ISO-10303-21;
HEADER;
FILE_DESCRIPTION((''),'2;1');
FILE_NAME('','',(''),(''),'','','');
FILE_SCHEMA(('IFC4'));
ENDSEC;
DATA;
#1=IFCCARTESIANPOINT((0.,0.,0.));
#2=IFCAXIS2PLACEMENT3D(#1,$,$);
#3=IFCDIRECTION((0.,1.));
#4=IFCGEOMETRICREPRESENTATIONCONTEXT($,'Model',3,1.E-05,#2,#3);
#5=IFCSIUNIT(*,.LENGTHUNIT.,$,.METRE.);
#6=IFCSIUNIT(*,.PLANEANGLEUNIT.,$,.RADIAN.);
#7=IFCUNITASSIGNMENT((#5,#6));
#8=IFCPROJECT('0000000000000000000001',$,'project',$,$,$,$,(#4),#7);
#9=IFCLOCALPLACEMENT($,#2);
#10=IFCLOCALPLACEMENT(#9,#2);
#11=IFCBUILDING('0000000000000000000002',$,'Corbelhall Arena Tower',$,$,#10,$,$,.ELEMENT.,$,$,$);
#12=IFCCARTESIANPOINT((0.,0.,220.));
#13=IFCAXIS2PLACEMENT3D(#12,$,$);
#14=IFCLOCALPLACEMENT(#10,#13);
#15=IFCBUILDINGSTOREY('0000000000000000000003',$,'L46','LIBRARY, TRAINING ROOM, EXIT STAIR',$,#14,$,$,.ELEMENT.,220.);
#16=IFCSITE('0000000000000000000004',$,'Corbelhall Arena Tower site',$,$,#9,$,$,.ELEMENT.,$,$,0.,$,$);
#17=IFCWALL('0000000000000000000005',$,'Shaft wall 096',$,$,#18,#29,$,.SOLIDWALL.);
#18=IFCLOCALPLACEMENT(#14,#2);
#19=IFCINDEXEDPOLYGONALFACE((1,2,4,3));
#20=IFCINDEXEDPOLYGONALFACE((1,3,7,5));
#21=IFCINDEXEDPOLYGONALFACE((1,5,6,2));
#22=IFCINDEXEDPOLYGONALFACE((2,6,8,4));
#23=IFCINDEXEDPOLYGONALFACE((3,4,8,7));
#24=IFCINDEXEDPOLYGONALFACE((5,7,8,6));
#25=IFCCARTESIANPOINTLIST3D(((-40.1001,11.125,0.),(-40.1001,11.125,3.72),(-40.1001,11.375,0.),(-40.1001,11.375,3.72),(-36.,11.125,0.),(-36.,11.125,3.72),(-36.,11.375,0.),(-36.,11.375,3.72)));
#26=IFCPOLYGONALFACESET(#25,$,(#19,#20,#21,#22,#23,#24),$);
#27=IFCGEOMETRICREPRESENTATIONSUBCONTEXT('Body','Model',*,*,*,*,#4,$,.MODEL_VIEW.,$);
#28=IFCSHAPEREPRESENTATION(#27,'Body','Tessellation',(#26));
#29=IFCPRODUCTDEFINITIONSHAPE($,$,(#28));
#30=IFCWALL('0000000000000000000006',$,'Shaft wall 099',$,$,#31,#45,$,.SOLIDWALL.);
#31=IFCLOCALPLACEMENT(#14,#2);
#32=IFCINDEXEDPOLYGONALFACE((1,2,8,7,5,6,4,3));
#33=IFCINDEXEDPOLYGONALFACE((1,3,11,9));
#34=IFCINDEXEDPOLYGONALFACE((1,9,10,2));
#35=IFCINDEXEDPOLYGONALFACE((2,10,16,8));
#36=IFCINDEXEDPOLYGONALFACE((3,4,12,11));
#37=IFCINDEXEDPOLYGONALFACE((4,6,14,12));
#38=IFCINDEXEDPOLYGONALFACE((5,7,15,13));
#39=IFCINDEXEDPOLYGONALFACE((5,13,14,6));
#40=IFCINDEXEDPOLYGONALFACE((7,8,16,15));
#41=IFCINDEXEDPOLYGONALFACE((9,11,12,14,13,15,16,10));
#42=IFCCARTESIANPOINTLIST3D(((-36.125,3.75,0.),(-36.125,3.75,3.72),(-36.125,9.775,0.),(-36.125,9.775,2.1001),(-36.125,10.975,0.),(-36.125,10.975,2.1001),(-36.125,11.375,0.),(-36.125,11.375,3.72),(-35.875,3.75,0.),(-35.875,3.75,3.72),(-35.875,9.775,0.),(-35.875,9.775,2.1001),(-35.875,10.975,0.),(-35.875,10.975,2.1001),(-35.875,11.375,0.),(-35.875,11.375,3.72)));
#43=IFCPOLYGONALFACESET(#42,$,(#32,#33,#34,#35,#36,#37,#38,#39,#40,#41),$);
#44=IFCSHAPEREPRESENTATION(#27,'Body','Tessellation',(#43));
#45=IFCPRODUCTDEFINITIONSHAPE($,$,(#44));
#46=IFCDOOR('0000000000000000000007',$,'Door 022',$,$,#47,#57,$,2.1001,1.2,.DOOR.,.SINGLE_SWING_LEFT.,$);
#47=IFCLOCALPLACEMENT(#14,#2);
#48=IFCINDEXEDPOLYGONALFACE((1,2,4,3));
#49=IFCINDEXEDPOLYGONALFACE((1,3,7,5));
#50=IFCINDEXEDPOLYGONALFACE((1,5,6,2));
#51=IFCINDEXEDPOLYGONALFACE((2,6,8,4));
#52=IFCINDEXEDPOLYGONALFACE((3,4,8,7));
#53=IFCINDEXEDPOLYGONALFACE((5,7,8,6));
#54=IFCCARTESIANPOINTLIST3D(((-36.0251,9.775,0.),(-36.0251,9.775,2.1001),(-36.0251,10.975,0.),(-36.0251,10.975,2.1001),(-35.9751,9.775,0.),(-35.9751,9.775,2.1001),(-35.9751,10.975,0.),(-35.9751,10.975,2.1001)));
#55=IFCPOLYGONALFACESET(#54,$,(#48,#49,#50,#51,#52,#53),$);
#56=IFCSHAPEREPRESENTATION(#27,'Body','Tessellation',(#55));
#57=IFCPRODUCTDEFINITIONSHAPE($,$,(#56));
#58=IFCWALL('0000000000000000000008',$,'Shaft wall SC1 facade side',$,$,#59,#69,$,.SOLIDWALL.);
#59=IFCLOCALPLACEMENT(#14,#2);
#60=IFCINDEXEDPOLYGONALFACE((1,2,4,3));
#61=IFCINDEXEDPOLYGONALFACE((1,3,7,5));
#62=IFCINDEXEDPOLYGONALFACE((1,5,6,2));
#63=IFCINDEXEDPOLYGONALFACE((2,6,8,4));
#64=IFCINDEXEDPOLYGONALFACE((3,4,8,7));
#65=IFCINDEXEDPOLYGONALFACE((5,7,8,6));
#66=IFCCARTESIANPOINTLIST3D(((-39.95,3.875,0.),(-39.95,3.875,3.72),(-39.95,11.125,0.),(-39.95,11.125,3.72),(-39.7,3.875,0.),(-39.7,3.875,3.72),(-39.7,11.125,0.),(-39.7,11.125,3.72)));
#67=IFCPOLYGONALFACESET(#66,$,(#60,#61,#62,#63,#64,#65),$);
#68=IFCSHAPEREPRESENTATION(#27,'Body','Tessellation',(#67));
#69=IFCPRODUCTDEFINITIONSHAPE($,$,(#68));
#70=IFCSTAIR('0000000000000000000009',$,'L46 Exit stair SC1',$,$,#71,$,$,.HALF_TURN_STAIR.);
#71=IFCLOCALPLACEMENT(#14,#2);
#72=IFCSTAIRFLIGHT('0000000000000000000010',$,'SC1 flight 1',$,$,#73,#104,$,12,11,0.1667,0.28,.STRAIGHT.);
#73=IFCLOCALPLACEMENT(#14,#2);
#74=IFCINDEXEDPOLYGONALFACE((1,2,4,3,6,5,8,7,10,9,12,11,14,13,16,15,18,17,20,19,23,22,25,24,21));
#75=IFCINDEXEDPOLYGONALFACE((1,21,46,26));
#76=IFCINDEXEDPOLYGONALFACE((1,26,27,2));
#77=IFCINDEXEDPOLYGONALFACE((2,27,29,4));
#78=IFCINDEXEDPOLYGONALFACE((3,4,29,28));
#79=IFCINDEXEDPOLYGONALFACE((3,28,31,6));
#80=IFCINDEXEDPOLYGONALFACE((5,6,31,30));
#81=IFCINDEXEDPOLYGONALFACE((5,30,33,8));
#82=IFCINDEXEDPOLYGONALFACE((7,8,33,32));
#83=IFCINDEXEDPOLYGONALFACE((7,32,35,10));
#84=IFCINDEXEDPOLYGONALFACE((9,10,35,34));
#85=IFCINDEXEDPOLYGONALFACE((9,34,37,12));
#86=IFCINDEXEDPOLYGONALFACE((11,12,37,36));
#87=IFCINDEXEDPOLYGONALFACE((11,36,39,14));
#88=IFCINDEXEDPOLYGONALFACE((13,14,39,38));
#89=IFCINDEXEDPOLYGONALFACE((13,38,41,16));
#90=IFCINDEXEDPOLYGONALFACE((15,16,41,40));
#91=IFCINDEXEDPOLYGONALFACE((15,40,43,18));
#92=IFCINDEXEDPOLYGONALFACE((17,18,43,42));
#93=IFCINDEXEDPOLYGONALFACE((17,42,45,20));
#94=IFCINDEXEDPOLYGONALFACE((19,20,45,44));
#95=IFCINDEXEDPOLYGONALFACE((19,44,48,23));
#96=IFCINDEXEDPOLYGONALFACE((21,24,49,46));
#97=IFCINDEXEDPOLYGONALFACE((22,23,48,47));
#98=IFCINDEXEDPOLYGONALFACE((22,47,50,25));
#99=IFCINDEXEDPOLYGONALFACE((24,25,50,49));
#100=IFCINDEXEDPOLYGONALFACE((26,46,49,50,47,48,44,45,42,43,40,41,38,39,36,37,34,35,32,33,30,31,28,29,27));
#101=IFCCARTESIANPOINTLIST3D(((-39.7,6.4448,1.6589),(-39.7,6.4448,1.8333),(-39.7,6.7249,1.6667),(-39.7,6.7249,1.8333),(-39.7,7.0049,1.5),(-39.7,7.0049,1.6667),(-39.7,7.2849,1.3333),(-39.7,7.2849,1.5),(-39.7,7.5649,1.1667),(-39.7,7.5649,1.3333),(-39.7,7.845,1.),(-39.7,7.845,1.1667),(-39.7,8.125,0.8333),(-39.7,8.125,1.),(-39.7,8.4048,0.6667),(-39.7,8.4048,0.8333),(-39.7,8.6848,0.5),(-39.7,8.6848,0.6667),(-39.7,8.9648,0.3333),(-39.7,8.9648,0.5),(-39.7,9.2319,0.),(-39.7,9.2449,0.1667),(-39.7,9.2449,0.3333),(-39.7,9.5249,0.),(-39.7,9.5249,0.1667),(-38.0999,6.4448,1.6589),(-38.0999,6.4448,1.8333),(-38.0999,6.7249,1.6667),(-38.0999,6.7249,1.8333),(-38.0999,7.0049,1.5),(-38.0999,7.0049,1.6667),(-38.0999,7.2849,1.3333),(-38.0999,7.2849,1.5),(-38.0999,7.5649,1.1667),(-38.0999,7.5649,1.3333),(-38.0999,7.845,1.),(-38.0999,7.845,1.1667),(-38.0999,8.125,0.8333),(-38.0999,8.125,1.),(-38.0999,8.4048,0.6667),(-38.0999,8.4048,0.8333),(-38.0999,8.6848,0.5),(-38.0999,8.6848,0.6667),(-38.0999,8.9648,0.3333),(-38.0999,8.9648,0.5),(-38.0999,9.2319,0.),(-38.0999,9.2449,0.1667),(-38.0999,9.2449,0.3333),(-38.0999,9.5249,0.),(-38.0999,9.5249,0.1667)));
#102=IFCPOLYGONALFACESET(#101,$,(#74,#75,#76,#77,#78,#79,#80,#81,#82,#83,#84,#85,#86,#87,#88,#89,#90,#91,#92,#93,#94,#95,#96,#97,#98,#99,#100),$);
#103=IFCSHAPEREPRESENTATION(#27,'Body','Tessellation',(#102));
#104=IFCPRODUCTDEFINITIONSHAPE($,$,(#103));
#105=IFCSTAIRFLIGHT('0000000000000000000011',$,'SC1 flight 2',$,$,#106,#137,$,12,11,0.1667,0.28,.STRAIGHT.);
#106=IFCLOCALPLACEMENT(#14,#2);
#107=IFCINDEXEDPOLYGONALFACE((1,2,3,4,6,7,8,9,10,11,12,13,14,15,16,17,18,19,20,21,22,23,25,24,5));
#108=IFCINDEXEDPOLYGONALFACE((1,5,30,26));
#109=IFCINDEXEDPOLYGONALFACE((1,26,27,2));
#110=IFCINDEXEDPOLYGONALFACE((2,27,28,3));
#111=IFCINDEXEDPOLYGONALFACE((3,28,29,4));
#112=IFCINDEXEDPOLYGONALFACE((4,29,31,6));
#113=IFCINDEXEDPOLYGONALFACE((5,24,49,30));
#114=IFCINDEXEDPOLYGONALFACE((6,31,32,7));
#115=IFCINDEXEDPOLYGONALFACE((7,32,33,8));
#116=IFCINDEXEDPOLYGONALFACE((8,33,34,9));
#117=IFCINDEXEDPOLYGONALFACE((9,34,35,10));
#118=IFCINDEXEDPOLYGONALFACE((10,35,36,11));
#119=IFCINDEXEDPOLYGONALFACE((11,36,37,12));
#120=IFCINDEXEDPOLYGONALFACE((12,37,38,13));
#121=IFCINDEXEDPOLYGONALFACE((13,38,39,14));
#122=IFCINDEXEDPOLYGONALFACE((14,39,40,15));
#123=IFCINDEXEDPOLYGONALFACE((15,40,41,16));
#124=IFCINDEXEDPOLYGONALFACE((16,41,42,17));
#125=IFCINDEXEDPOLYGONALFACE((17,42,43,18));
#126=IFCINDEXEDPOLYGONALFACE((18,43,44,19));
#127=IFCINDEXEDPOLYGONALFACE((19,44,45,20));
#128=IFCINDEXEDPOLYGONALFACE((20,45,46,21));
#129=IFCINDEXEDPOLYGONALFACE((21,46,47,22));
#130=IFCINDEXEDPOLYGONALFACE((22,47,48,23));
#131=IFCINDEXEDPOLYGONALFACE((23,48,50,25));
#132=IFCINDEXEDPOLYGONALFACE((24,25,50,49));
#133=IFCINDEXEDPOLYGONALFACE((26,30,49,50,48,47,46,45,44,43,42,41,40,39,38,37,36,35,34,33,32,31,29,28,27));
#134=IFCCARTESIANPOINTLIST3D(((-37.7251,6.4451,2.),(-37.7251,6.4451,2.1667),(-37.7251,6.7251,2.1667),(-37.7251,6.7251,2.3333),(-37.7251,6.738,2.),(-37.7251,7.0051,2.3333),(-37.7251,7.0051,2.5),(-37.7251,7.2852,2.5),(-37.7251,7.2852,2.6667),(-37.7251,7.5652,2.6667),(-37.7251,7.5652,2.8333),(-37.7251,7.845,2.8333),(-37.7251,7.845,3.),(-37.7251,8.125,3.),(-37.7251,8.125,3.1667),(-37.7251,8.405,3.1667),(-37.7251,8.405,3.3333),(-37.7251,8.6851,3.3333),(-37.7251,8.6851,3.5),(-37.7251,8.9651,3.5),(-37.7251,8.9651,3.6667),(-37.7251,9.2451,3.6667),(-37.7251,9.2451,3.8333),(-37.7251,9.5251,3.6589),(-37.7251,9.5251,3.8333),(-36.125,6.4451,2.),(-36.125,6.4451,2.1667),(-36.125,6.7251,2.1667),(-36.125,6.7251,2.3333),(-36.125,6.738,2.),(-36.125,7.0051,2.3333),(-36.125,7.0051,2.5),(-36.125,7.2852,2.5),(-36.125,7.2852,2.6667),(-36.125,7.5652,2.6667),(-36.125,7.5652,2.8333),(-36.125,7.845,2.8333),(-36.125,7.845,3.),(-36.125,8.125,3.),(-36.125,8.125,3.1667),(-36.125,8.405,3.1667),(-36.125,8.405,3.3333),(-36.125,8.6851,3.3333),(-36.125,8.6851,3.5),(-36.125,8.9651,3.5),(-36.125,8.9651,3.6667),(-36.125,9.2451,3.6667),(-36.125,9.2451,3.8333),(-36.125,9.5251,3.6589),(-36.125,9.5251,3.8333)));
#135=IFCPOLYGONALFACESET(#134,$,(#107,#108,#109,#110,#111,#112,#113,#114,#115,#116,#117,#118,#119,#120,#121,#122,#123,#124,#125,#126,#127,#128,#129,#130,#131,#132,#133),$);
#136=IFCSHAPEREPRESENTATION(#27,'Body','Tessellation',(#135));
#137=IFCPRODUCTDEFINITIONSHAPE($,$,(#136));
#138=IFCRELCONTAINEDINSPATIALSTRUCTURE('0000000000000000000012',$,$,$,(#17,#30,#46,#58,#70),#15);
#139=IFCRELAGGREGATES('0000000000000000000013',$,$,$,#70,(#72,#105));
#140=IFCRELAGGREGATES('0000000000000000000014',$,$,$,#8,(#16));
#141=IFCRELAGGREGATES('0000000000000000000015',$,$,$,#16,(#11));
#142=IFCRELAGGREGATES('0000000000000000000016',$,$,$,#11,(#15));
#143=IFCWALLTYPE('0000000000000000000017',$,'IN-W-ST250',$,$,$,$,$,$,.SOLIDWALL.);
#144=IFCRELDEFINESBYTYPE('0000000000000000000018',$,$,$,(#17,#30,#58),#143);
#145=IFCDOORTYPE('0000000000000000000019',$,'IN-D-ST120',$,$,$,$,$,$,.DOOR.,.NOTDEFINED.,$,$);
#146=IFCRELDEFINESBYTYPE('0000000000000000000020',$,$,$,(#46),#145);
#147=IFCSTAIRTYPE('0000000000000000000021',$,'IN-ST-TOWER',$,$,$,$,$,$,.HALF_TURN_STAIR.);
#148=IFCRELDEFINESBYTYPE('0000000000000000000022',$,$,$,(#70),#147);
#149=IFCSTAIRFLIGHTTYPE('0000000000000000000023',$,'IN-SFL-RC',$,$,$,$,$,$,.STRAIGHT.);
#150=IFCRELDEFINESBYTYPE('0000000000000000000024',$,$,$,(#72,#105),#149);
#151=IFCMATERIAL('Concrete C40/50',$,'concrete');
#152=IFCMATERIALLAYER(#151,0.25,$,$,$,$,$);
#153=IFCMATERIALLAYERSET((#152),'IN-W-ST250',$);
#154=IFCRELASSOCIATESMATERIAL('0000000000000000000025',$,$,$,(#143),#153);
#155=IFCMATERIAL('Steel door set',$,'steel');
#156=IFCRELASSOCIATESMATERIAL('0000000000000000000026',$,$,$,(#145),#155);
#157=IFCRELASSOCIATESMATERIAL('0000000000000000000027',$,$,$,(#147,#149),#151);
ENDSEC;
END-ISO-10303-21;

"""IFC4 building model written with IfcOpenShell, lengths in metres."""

from ifc_helpers import new_model, si_unit, direction, frame, frame_2d, origin, place, context, subcontext, project, spatial, polyline, rectangle, outline, extrude, material, layer, layer_set, type_object, element, fill, aggregate, save


model = new_model("IFC4")

# Units and contexts
model_context = context("Model", 3, precision=1e-05, world=origin(), true_north=direction((0.0, 1.0)))
body_context = subcontext(model_context, "Body", "Model", "MODEL_VIEW")
ifc_project = project(units=[si_unit("LENGTHUNIT", "METRE"), si_unit("PLANEANGLEUNIT", "RADIAN")], contexts=[model_context])

# Site, building, storey
site_placement = place(None, origin())
site = spatial("IfcSite", under=ifc_project, at=site_placement, Name="Corbelhall Arena Tower site", CompositionType="ELEMENT", RefElevation=0.0)
building_placement = place(site_placement, origin())
building = spatial("IfcBuilding", under=site, at=building_placement, Name="Corbelhall Arena Tower", CompositionType="ELEMENT")
storey_placement = place(building_placement, frame((0.0, 0.0, 220.0)))
storey = spatial("IfcBuildingStorey", under=building, at=storey_placement, Name="L46", Description="LIBRARY, TRAINING ROOM, EXIT STAIR", CompositionType="ELEMENT", Elevation=220.0)

# Shared definitions
ifc_material_1 = material(Name="Steel door set", Category="steel")

# Wall
ifc_material_2 = material(Name="Concrete C40/50", Category="concrete")
ifc_layer_1 = layer(ifc_material_2, 0.25)
ifc_layer_set_1 = layer_set([ifc_layer_1], Name="IN-W-ST250")
wall_type_1 = type_object("IfcWallType", Name="IN-W-ST250", PredefinedType="SOLIDWALL", material=ifc_layer_set_1)
wall_1_placement = place(storey_placement, frame((-40.1001, 11.25, 0.0), z_axis=(0.0, 0.0, 1.0), x_axis=(1.0, 0.0, 0.0)))
element("IfcWall", 1, at=wall_1_placement, inside=storey, type_object=wall_type_1, Name="Shaft wall 096", PredefinedType="SOLIDWALL", context=body_context, shape_type="SweptSolid", body=[
    extrude(rectangle(XDim=4.1001, YDim=0.25, at=frame_2d((2.05, 0.0))), origin(), (0.0, 0.0, 1.0), 3.72),
])

# Wall, opening, door
wall_2_placement = place(storey_placement, frame((-36.0, 11.375, 0.0), z_axis=(0.0, 0.0, 1.0), x_axis=(0.0, -1.0, 0.0)))
wall_2 = element("IfcWall", 2, at=wall_2_placement, inside=storey, type_object=wall_type_1, Name="Shaft wall 099", PredefinedType="SOLIDWALL", context=body_context, shape_type="SweptSolid", body=[
    extrude(rectangle(XDim=7.625, YDim=0.25, at=frame_2d((3.8125, 0.0))), origin(), (0.0, 0.0, 1.0), 3.72),
])
opening_1_placement = place(wall_2_placement, frame((0.3999, 0.0, 0.0)))
opening_1 = element("IfcOpeningElement", 3, at=opening_1_placement, cuts=wall_2, PredefinedType="OPENING", context=body_context, shape_type="SweptSolid", body=[
    extrude(rectangle(XDim=1.2, YDim=2.1001, at=frame_2d((0.6001, 1.05))), frame((0.0, 0.125, 0.0), z_axis=(0.0, -1.0, 0.0), x_axis=(1.0, 0.0, 0.0)), (0.0, 0.0, 1.0), 0.25),
])
door_type_1 = type_object("IfcDoorType", Name="IN-D-ST120", OperationType="NOTDEFINED", PredefinedType="DOOR", material=ifc_material_1)
door_1_placement = place(opening_1_placement, origin())
door_1 = element("IfcDoor", 4, at=door_1_placement, inside=storey, type_object=door_type_1, Name="Door 022", OperationType="SINGLE_SWING_LEFT", OverallHeight=2.1001, OverallWidth=1.2, PredefinedType="DOOR", context=body_context, shape_type="SweptSolid", body=[
    extrude(rectangle(XDim=1.2, YDim=2.1001, at=frame_2d((0.6001, 1.05))), frame((0.0, 0.0249, 0.0), z_axis=(0.0, -1.0, 0.0), x_axis=(1.0, 0.0, 0.0)), (0.0, 0.0, 1.0), 0.05),
])
fill(opening_1, door_1)

# Wall
wall_3_placement = place(storey_placement, frame((-39.825, 3.875, 0.0), z_axis=(0.0, 0.0, 1.0), x_axis=(0.0, 1.0, 0.0)))
element("IfcWall", 5, at=wall_3_placement, inside=storey, type_object=wall_type_1, Name="Shaft wall SC1 facade side", PredefinedType="SOLIDWALL", context=body_context, shape_type="SweptSolid", body=[
    extrude(rectangle(XDim=7.25, YDim=0.25, at=frame_2d((3.625, 0.0))), origin(), (0.0, 0.0, 1.0), 3.72),
])

# Stair, stair flights
stair_type = type_object("IfcStairType", Name="IN-ST-TOWER", PredefinedType="HALF_TURN_STAIR", material=ifc_material_2)
stair_placement = place(storey_placement, origin())
stair = element("IfcStair", 6, at=stair_placement, inside=storey, type_object=stair_type, Name="L46 Exit stair SC1", PredefinedType="HALF_TURN_STAIR")
stair_flight_type = type_object("IfcStairFlightType", Name="IN-SFL-RC", PredefinedType="STRAIGHT", material=ifc_material_2)
stair_flight_1_placement = place(storey_placement, frame((-38.8999, 9.5249, 0.0), z_axis=(0.0, 0.0, 1.0), x_axis=(0.0, -1.0, 0.0)))
stair_flight_1 = element("IfcStairFlight", 7, at=stair_flight_1_placement, type_object=stair_flight_type, Name="SC1 flight 1", NumberOfRisers=12, NumberOfTreads=11, PredefinedType="STRAIGHT", RiserHeight=0.1667, TreadLength=0.28, context=body_context, shape_type="SweptSolid", body=[
    extrude(outline(polyline([(0.0, 0.0), (0.0, 0.1667), (0.28, 0.1667), (0.28, 0.3333), (0.5601, 0.3333), (0.5601, 0.5), (0.8401, 0.5), (0.8401, 0.6667), (1.1201, 0.6667), (1.1201, 0.8333), (1.3999, 0.8333), (1.3999, 1.0), (1.6799, 1.0), (1.6799, 1.1667), (1.96, 1.1667), (1.96, 1.3333), (2.24, 1.3333), (2.24, 1.5), (2.52, 1.5), (2.52, 1.6667), (2.8, 1.6667), (2.8, 1.8333), (3.0801, 1.8333), (3.0801, 2.0), (3.0801, 1.6589), (0.293, 0.0), (0.0, 0.0)])), frame((0.0, 0.8, 0.0), z_axis=(0.0, -1.0, 0.0), x_axis=(1.0, 0.0, 0.0)), (0.0, 0.0, 1.0), 1.6001),
])
stair_flight_2_placement = place(storey_placement, frame((-36.925, 6.4451, 2.0), z_axis=(0.0, 0.0, 1.0), x_axis=(0.0, 1.0, 0.0)))
stair_flight_2 = element("IfcStairFlight", 8, at=stair_flight_2_placement, type_object=stair_flight_type, Name="SC1 flight 2", NumberOfRisers=12, NumberOfTreads=11, PredefinedType="STRAIGHT", RiserHeight=0.1667, TreadLength=0.28, context=body_context, shape_type="SweptSolid", body=[
    extrude(outline(polyline([(0.0, 0.0), (0.0, 0.1667), (0.28, 0.1667), (0.28, 0.3333), (0.5601, 0.3333), (0.5601, 0.5), (0.8401, 0.5), (0.8401, 0.6667), (1.1201, 0.6667), (1.1201, 0.8333), (1.3999, 0.8333), (1.3999, 1.0), (1.6799, 1.0), (1.6799, 1.1667), (1.96, 1.1667), (1.96, 1.3333), (2.24, 1.3333), (2.24, 1.5), (2.52, 1.5), (2.52, 1.6667), (2.8, 1.6667), (2.8, 1.8333), (3.0801, 1.8333), (3.0801, 2.0), (3.0801, 1.6589), (0.293, 0.0), (0.0, 0.0)])), frame((0.0, 0.8, 0.0), z_axis=(0.0, -1.0, 0.0), x_axis=(1.0, 0.0, 0.0)), (0.0, 0.0, 1.0), 1.6001),
])
aggregate(stair, [stair_flight_1, stair_flight_2])

save(model, "model.ifc")
